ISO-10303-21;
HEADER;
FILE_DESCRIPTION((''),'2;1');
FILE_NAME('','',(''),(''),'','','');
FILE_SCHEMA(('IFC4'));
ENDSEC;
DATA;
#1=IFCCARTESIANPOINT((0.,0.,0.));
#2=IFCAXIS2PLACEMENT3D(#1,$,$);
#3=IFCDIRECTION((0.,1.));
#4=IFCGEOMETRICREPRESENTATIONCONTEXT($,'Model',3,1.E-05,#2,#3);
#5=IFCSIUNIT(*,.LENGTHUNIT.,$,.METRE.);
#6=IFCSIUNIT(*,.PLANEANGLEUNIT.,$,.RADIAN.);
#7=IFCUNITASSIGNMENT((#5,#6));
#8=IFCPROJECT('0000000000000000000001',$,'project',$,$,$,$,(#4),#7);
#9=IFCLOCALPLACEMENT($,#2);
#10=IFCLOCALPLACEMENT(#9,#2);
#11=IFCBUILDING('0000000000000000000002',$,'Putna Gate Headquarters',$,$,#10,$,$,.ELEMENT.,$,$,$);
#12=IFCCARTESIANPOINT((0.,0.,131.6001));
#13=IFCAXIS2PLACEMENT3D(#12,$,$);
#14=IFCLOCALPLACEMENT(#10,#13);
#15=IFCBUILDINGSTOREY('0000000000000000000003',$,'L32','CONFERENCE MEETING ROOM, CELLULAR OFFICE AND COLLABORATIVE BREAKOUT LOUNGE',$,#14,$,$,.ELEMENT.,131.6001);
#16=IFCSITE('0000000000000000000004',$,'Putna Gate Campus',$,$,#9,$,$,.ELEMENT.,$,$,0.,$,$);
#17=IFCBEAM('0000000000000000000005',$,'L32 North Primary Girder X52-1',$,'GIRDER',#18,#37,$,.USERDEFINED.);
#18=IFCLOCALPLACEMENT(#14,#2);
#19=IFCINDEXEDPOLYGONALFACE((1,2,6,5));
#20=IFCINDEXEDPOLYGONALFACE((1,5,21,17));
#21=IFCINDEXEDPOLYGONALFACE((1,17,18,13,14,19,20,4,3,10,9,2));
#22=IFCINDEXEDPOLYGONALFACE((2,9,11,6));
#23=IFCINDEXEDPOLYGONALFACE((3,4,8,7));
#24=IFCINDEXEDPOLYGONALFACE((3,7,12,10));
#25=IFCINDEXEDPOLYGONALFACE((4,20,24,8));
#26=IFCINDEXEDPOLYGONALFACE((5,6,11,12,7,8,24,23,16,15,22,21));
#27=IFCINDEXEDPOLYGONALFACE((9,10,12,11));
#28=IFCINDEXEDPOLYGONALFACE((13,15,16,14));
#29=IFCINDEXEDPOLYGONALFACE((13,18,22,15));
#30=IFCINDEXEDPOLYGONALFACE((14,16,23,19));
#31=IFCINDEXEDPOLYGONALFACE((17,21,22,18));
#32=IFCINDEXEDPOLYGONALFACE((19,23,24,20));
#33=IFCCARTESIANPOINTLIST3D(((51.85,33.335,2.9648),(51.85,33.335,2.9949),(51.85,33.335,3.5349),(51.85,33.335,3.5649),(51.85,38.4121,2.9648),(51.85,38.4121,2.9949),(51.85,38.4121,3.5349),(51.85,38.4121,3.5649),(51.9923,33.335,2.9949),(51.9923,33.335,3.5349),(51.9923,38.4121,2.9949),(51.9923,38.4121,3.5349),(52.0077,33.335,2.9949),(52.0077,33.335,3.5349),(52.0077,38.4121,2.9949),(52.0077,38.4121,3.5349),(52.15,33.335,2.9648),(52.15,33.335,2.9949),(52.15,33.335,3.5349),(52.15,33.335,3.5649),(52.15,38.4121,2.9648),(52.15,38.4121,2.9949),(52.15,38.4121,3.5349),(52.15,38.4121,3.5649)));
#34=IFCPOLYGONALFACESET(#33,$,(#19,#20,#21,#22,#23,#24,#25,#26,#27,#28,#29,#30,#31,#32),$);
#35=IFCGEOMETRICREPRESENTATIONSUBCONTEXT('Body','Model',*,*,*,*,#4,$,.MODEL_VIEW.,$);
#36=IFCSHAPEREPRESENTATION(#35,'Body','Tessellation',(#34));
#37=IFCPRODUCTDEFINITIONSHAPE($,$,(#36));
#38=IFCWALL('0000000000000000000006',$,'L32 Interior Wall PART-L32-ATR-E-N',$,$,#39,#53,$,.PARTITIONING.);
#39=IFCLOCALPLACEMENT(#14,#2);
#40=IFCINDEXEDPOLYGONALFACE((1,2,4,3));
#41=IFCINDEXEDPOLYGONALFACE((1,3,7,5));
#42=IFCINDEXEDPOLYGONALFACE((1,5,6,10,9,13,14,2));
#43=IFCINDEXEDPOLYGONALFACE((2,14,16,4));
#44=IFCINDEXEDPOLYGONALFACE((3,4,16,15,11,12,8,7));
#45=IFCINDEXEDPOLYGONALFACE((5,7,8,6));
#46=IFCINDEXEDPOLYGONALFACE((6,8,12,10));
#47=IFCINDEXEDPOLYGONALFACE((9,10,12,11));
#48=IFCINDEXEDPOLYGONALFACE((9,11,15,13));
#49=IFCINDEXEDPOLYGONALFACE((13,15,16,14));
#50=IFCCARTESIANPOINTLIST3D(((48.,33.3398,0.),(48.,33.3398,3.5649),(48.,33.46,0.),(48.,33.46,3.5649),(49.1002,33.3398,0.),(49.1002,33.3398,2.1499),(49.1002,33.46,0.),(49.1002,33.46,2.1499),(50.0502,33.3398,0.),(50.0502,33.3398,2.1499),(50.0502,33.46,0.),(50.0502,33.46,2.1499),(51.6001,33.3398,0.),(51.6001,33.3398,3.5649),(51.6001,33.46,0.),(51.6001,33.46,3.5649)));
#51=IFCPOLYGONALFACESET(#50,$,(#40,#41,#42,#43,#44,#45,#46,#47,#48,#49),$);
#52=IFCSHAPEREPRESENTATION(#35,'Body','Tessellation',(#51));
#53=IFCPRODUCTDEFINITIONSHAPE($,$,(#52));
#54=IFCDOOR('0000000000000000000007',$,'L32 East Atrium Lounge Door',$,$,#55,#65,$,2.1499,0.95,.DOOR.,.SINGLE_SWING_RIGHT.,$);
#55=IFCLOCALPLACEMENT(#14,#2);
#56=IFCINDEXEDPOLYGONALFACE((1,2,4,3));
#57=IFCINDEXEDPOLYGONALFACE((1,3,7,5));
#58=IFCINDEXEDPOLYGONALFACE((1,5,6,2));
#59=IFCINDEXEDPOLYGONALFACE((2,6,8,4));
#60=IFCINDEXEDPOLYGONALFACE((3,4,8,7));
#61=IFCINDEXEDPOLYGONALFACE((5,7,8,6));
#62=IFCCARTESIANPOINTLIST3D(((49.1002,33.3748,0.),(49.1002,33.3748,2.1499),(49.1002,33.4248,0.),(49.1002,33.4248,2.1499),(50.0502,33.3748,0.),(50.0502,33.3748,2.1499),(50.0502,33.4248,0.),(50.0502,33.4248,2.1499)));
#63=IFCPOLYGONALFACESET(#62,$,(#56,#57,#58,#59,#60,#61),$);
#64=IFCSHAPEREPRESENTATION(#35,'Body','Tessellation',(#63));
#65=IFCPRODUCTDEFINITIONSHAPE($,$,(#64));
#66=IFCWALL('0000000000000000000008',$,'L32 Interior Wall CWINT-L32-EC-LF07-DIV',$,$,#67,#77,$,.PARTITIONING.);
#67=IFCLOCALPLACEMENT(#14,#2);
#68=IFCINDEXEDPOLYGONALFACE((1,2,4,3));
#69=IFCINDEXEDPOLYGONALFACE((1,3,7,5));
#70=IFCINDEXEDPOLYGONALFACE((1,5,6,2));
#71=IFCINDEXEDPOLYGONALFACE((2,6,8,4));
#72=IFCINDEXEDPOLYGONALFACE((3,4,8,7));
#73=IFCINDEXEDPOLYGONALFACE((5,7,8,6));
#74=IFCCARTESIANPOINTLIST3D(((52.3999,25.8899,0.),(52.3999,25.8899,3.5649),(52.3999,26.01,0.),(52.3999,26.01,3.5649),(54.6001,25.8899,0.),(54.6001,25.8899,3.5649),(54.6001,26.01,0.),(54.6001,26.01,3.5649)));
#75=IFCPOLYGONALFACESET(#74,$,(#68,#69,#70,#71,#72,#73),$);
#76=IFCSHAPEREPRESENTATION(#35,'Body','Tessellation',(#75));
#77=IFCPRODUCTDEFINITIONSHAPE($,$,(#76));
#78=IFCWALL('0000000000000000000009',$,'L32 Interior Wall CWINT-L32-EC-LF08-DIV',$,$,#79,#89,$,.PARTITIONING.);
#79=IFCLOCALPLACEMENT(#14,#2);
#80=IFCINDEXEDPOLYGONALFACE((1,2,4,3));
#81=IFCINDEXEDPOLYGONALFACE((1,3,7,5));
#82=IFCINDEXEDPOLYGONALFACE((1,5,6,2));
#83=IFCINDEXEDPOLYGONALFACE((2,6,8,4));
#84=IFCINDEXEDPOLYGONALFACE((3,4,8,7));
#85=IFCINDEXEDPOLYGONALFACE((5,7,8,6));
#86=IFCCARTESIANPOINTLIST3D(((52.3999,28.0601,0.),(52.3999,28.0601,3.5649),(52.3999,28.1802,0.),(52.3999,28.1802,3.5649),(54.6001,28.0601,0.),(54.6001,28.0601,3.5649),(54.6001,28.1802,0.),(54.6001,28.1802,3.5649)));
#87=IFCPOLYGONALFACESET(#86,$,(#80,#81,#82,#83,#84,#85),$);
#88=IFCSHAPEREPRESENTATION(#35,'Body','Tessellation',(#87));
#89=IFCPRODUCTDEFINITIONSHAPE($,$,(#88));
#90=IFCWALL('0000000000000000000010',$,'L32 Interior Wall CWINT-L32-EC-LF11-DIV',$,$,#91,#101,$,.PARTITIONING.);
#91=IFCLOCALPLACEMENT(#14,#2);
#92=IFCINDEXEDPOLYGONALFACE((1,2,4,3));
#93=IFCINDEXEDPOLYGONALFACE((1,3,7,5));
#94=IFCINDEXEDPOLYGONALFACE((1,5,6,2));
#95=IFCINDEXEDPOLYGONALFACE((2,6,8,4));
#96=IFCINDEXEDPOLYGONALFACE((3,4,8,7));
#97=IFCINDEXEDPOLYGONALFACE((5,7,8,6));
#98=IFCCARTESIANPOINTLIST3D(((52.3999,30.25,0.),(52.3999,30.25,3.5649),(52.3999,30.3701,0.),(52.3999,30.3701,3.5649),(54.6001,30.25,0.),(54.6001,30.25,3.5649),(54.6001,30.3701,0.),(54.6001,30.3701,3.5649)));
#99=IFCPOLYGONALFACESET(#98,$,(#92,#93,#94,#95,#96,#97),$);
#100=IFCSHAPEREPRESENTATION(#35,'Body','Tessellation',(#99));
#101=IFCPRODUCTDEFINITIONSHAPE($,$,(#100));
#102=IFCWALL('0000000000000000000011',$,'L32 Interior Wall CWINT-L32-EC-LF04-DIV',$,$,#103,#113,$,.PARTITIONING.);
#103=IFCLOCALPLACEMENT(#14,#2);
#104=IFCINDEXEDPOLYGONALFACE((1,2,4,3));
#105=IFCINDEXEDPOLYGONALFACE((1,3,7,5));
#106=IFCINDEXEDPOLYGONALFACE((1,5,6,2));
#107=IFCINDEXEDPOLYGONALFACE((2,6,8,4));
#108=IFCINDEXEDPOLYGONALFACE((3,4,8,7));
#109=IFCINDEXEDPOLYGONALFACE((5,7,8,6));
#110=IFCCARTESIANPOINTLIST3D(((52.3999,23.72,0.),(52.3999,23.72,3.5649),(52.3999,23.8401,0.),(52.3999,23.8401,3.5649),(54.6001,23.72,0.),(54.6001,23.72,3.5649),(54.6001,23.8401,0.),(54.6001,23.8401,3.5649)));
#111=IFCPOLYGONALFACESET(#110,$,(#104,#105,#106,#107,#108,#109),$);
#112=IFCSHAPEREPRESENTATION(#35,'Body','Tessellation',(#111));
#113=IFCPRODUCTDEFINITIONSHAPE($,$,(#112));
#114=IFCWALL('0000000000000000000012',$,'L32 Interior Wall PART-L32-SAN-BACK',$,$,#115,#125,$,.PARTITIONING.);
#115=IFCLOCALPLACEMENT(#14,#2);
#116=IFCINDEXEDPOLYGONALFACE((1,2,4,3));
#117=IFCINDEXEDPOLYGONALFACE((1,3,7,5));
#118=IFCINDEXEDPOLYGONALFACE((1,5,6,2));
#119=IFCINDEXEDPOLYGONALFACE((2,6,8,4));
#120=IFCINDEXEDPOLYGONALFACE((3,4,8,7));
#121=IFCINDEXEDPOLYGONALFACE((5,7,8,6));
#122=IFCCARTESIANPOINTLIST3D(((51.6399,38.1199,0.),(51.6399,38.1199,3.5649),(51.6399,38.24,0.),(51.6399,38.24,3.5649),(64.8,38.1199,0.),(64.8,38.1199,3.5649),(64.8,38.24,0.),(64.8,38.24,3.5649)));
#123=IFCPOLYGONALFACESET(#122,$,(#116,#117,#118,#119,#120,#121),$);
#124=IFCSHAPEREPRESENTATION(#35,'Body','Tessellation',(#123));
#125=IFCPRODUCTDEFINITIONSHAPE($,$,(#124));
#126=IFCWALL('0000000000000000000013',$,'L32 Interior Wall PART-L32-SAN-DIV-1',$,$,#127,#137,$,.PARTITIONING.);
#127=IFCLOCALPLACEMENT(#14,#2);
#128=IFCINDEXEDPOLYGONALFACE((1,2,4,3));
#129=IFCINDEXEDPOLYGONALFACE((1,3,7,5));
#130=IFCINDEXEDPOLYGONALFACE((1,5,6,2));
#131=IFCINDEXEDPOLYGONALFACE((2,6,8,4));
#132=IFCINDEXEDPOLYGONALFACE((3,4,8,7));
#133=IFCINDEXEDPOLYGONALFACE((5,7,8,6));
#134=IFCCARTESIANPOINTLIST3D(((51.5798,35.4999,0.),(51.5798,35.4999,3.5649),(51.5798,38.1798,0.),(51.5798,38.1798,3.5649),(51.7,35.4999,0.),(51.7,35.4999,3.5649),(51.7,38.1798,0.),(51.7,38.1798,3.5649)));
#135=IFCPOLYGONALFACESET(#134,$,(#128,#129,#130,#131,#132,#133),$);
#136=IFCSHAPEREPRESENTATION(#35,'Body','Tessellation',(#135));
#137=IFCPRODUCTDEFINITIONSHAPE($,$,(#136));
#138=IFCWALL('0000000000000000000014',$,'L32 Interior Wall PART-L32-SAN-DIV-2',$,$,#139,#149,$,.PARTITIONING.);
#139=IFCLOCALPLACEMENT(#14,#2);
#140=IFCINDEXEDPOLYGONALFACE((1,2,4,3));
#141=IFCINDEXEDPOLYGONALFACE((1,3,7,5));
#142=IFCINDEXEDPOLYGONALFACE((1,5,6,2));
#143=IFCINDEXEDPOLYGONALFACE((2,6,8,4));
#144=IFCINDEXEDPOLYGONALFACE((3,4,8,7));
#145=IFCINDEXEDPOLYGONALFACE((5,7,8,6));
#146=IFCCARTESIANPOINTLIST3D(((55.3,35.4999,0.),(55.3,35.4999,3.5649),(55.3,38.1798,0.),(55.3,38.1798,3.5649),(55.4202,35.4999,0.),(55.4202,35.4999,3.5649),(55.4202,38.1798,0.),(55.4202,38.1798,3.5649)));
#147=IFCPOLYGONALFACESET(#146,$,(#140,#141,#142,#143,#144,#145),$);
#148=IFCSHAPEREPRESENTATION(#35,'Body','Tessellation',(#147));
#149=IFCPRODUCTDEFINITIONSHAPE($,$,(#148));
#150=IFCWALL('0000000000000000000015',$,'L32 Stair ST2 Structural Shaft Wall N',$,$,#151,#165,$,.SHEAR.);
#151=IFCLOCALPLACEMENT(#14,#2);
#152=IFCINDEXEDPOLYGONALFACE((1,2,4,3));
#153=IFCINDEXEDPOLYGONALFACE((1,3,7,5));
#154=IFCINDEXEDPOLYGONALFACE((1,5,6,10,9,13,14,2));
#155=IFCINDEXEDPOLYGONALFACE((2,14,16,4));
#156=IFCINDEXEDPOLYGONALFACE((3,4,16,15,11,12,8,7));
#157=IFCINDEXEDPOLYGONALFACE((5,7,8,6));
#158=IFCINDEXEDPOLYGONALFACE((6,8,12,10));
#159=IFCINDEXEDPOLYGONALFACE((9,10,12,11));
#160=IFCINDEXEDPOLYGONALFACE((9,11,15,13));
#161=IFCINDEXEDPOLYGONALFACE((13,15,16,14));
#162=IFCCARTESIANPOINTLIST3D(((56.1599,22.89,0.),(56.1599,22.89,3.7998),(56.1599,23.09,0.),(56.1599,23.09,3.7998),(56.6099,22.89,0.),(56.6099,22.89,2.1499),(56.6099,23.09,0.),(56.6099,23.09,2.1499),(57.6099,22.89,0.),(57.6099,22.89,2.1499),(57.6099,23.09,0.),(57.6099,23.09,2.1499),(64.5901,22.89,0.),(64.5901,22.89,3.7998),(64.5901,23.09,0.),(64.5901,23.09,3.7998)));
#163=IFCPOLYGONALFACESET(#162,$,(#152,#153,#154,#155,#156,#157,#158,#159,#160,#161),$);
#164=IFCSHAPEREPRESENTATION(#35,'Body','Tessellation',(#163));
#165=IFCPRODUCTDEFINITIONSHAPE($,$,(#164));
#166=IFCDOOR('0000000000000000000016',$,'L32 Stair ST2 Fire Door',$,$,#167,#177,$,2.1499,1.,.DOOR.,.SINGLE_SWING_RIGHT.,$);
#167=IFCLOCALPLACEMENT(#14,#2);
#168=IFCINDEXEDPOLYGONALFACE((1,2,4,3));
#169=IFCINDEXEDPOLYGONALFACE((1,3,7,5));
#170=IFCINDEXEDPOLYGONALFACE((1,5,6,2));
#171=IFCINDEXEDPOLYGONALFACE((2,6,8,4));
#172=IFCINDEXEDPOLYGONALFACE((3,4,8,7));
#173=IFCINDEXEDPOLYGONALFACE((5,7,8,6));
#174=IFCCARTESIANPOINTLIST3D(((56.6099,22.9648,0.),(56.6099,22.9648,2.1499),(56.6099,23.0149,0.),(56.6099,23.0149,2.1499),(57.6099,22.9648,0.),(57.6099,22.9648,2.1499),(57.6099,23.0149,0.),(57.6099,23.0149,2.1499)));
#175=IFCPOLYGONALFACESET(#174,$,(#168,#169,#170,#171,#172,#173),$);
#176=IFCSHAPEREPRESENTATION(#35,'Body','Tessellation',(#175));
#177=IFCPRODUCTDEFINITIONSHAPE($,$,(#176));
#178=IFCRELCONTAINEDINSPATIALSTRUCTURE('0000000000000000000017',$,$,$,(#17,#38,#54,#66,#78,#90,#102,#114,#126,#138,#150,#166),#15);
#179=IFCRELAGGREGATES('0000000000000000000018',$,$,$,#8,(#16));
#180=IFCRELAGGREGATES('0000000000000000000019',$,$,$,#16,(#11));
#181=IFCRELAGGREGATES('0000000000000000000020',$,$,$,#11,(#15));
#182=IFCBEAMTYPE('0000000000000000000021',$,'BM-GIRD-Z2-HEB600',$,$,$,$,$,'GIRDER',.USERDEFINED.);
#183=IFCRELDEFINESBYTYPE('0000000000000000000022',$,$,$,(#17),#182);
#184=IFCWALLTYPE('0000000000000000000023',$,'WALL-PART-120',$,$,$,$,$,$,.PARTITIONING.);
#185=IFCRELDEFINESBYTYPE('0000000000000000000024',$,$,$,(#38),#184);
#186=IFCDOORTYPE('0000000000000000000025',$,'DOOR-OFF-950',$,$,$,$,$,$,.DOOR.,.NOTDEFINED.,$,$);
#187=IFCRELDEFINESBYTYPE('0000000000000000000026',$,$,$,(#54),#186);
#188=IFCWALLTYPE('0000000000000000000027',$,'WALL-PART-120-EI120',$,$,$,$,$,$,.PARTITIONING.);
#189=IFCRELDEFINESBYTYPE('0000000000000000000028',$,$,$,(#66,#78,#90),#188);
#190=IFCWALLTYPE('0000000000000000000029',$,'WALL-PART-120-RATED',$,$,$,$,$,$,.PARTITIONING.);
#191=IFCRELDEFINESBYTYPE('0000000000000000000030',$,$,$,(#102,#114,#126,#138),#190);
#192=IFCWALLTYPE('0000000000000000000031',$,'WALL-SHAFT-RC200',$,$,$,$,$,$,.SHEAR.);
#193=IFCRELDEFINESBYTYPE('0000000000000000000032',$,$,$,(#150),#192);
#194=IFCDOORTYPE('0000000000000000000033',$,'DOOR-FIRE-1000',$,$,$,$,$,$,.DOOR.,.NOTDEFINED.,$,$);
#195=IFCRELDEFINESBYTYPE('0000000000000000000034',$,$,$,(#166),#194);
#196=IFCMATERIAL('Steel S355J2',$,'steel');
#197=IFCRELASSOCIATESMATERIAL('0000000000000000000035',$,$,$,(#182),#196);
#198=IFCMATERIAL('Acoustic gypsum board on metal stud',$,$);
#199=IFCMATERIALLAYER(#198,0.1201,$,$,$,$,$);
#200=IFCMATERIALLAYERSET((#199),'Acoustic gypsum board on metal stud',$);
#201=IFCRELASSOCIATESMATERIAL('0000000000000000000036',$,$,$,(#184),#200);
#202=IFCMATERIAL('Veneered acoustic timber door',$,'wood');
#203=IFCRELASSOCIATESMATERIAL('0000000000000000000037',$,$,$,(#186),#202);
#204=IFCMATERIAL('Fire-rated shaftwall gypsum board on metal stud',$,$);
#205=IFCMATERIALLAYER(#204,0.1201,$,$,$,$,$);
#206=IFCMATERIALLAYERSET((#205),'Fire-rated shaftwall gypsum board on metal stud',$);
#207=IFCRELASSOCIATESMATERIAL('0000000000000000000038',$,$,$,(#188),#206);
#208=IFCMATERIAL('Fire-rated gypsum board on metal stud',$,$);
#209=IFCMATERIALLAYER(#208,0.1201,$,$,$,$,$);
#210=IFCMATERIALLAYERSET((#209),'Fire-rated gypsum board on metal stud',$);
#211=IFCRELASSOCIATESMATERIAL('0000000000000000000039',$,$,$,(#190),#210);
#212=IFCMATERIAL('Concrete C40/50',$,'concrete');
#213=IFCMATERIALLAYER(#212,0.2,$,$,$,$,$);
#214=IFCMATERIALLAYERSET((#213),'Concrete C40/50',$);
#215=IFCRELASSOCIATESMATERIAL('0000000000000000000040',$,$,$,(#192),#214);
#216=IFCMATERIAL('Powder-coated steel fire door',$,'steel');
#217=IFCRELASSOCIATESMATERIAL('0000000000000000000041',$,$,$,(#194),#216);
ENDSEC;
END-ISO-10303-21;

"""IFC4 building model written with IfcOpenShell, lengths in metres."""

from ifc_helpers import new_model, si_unit, direction, frame, frame_2d, origin, origin_2d, place, context, subcontext, project, spatial, rectangle, i_section, extrude, material, layer, layer_set, material_profile, profile_set, type_object, element, fill, save


model = new_model("IFC4")

# Units and contexts
model_context = context("Model", 3, precision=1e-05, world=origin(), true_north=direction((0.0, 1.0)))
body_context = subcontext(model_context, "Body", "Model", "MODEL_VIEW")
ifc_project = project(units=[si_unit("LENGTHUNIT", "METRE"), si_unit("PLANEANGLEUNIT", "RADIAN")], contexts=[model_context])

# Site, building, storey
site_placement = place(None, origin())
site = spatial("IfcSite", under=ifc_project, at=site_placement, Name="Putna Gate Campus", CompositionType="ELEMENT", RefElevation=0.0)
building_placement = place(site_placement, origin())
building = spatial("IfcBuilding", under=site, at=building_placement, Name="Putna Gate Headquarters", CompositionType="ELEMENT")
storey_placement = place(building_placement, frame((0.0, 0.0, 131.6001)))
storey = spatial("IfcBuildingStorey", under=building, at=storey_placement, Name="L32", Description="CONFERENCE MEETING ROOM, CELLULAR OFFICE AND COLLABORATIVE BREAKOUT LOUNGE", CompositionType="ELEMENT", Elevation=131.6001)

# Beam
ifc_material_1 = material(Name="Steel S355J2", Category="steel")
ifc_material_profile = material_profile(ifc_material_1, i_section(OverallWidth=0.3, OverallDepth=0.6001, WebThickness=0.0154, FlangeThickness=0.03, at=origin_2d()), Name="Steel S355J2")
ifc_profile_set = profile_set([ifc_material_profile], Name="Steel S355J2")
beam_type = type_object("IfcBeamType", Name="BM-GIRD-Z2-HEB600", ElementType="GIRDER", PredefinedType="USERDEFINED", material=ifc_profile_set)
beam_placement = place(storey_placement, frame((52.0, 33.335, 3.2649), z_axis=(0.0, 1.0, 0.0), x_axis=(-1.0, 0.0, 0.0)))
element("IfcBeam", 1, at=beam_placement, inside=storey, type_object=beam_type, Name="L32 North Primary Girder X52-1", ObjectType="GIRDER", PredefinedType="USERDEFINED", context=body_context, shape_type="SweptSolid", body=[
    extrude(i_section(OverallWidth=0.3, OverallDepth=0.6001, WebThickness=0.0154, FlangeThickness=0.03, at=origin_2d()), origin(), (0.0, 0.0, 1.0), 5.0771),
])

# Wall, opening, door
ifc_material_2 = material(Name="Acoustic gypsum board on metal stud")
ifc_layer_1 = layer(ifc_material_2, 0.1201)
ifc_layer_set_1 = layer_set([ifc_layer_1], Name="Acoustic gypsum board on metal stud")
wall_type_1 = type_object("IfcWallType", Name="WALL-PART-120", PredefinedType="PARTITIONING", material=ifc_layer_set_1)
wall_1_placement = place(storey_placement, frame((48.0, 33.3999, 0.0), z_axis=(0.0, 0.0, 1.0), x_axis=(1.0, 0.0, 0.0)))
wall_1 = element("IfcWall", 2, at=wall_1_placement, inside=storey, type_object=wall_type_1, Name="L32 Interior Wall PART-L32-ATR-E-N", PredefinedType="PARTITIONING", context=body_context, shape_type="SweptSolid", body=[
    extrude(rectangle(XDim=3.6001, YDim=0.1201, at=frame_2d((1.8, 0.0))), origin(), (0.0, 0.0, 1.0), 3.5649),
])
opening_1_placement = place(wall_1_placement, frame((1.1001, 0.0, 0.0)))
opening_1 = element("IfcOpeningElement", 3, at=opening_1_placement, cuts=wall_1, PredefinedType="OPENING", context=body_context, shape_type="SweptSolid", body=[
    extrude(rectangle(XDim=0.95, YDim=2.1499, at=frame_2d((0.4751, 1.075))), frame((0.0, 0.0701, 0.0), z_axis=(0.0, -1.0, 0.0), x_axis=(1.0, 0.0, 0.0)), (0.0, 0.0, 1.0), 0.1401),
])
ifc_material_3 = material(Name="Veneered acoustic timber door", Category="wood")
door_type_1 = type_object("IfcDoorType", Name="DOOR-OFF-950", OperationType="NOTDEFINED", PredefinedType="DOOR", material=ifc_material_3)
door_1_placement = place(opening_1_placement, origin())
door_1 = element("IfcDoor", 4, at=door_1_placement, inside=storey, type_object=door_type_1, Name="L32 East Atrium Lounge Door", OperationType="SINGLE_SWING_RIGHT", OverallHeight=2.1499, OverallWidth=0.95, PredefinedType="DOOR", context=body_context, shape_type="SweptSolid", body=[
    extrude(rectangle(XDim=0.95, YDim=2.1499, at=frame_2d((0.4751, 1.075))), frame((0.0, 0.0249, 0.0), z_axis=(0.0, -1.0, 0.0), x_axis=(1.0, 0.0, 0.0)), (0.0, 0.0, 1.0), 0.05),
])
fill(opening_1, door_1)

# Walls
ifc_material_4 = material(Name="Fire-rated shaftwall gypsum board on metal stud")
ifc_layer_2 = layer(ifc_material_4, 0.1201)
ifc_layer_set_2 = layer_set([ifc_layer_2], Name="Fire-rated shaftwall gypsum board on metal stud")
wall_type_2 = type_object("IfcWallType", Name="WALL-PART-120-EI120", PredefinedType="PARTITIONING", material=ifc_layer_set_2)
for number, where, z_axis, x_axis, name in (
    (5, (52.3999, 25.95, 0.0), (0.0, 0.0, 1.0), (1.0, 0.0, 0.0), "L32 Interior Wall CWINT-L32-EC-LF07-DIV"),
    (6, (52.3999, 28.1201, 0.0), (0.0, 0.0, 1.0), (1.0, 0.0, 0.0), "L32 Interior Wall CWINT-L32-EC-LF08-DIV"),
    (7, (52.3999, 30.3101, 0.0), (0.0, 0.0, 1.0), (1.0, 0.0, 0.0), "L32 Interior Wall CWINT-L32-EC-LF11-DIV"),
):
    element("IfcWall", number, at=place(storey_placement, frame(where, z_axis=z_axis, x_axis=x_axis)), inside=storey, type_object=wall_type_2, Name=name, PredefinedType="PARTITIONING", context=body_context, shape_type="SweptSolid", body=[
        extrude(rectangle(XDim=2.2002, YDim=0.1201, at=frame_2d((1.1001, 0.0))), origin(), (0.0, 0.0, 1.0), 3.5649),
    ])
ifc_material_5 = material(Name="Fire-rated gypsum board on metal stud")
ifc_layer_3 = layer(ifc_material_5, 0.1201)
ifc_layer_set_3 = layer_set([ifc_layer_3], Name="Fire-rated gypsum board on metal stud")
wall_type_3 = type_object("IfcWallType", Name="WALL-PART-120-RATED", PredefinedType="PARTITIONING", material=ifc_layer_set_3)
wall_2_placement = place(storey_placement, frame((52.3999, 23.78, 0.0), z_axis=(0.0, 0.0, 1.0), x_axis=(1.0, 0.0, 0.0)))
element("IfcWall", 8, at=wall_2_placement, inside=storey, type_object=wall_type_3, Name="L32 Interior Wall CWINT-L32-EC-LF04-DIV", PredefinedType="PARTITIONING", context=body_context, shape_type="SweptSolid", body=[
    extrude(rectangle(XDim=2.2002, YDim=0.1201, at=frame_2d((1.1001, 0.0))), origin(), (0.0, 0.0, 1.0), 3.5649),
])

# Walls
wall_3_placement = place(storey_placement, frame((51.6399, 38.1799, 0.0), z_axis=(0.0, 0.0, 1.0), x_axis=(1.0, 0.0, 0.0)))
element("IfcWall", 9, at=wall_3_placement, inside=storey, type_object=wall_type_3, Name="L32 Interior Wall PART-L32-SAN-BACK", PredefinedType="PARTITIONING", context=body_context, shape_type="SweptSolid", body=[
    extrude(rectangle(XDim=13.1602, YDim=0.1201, at=frame_2d((6.5801, 0.0))), origin(), (0.0, 0.0, 1.0), 3.5649),
])
for number, where, z_axis, x_axis, name in (
    (10, (51.6399, 35.5, 0.0), (0.0, 0.0, 1.0), (0.0, 1.0, 0.0), "L32 Interior Wall PART-L32-SAN-DIV-1"),
    (11, (55.3601, 35.5, 0.0), (0.0, 0.0, 1.0), (0.0, 1.0, 0.0), "L32 Interior Wall PART-L32-SAN-DIV-2"),
):
    element("IfcWall", number, at=place(storey_placement, frame(where, z_axis=z_axis, x_axis=x_axis)), inside=storey, type_object=wall_type_3, Name=name, PredefinedType="PARTITIONING", context=body_context, shape_type="SweptSolid", body=[
        extrude(rectangle(XDim=2.6799, YDim=0.1201, at=frame_2d((1.3398, 0.0))), origin(), (0.0, 0.0, 1.0), 3.5649),
    ])

# Wall, opening, door
ifc_material_6 = material(Name="Concrete C40/50", Category="concrete")
ifc_layer_4 = layer(ifc_material_6, 0.2)
ifc_layer_set_4 = layer_set([ifc_layer_4], Name="Concrete C40/50")
wall_type_4 = type_object("IfcWallType", Name="WALL-SHAFT-RC200", PredefinedType="SHEAR", material=ifc_layer_set_4)
wall_4_placement = place(storey_placement, frame((56.1599, 22.99, 0.0), z_axis=(0.0, 0.0, 1.0), x_axis=(1.0, 0.0, 0.0)))
wall_4 = element("IfcWall", 12, at=wall_4_placement, inside=storey, type_object=wall_type_4, Name="L32 Stair ST2 Structural Shaft Wall N", PredefinedType="SHEAR", context=body_context, shape_type="SweptSolid", body=[
    extrude(rectangle(XDim=8.4302, YDim=0.2, at=frame_2d((4.2151, 0.0))), origin(), (0.0, 0.0, 1.0), 3.7998),
])
opening_2_placement = place(wall_4_placement, frame((0.45, 0.0, 0.0)))
opening_2 = element("IfcOpeningElement", 13, at=opening_2_placement, cuts=wall_4, PredefinedType="OPENING", context=body_context, shape_type="SweptSolid", body=[
    extrude(rectangle(XDim=1.0, YDim=2.1499, at=frame_2d((0.5, 1.075))), frame((0.0, 0.1099, 0.0), z_axis=(0.0, -1.0, 0.0), x_axis=(1.0, 0.0, 0.0)), (0.0, 0.0, 1.0), 0.22),
])
ifc_material_7 = material(Name="Powder-coated steel fire door", Category="steel")
door_type_2 = type_object("IfcDoorType", Name="DOOR-FIRE-1000", OperationType="NOTDEFINED", PredefinedType="DOOR", material=ifc_material_7)
door_2_placement = place(opening_2_placement, origin())
door_2 = element("IfcDoor", 14, at=door_2_placement, inside=storey, type_object=door_type_2, Name="L32 Stair ST2 Fire Door", OperationType="SINGLE_SWING_RIGHT", OverallHeight=2.1499, OverallWidth=1.0, PredefinedType="DOOR", context=body_context, shape_type="SweptSolid", body=[
    extrude(rectangle(XDim=1.0, YDim=2.1499, at=frame_2d((0.5, 1.075))), frame((0.0, 0.0249, 0.0), z_axis=(0.0, -1.0, 0.0), x_axis=(1.0, 0.0, 0.0)), (0.0, 0.0, 1.0), 0.05),
])
fill(opening_2, door_2)

save(model, "model.ifc")
